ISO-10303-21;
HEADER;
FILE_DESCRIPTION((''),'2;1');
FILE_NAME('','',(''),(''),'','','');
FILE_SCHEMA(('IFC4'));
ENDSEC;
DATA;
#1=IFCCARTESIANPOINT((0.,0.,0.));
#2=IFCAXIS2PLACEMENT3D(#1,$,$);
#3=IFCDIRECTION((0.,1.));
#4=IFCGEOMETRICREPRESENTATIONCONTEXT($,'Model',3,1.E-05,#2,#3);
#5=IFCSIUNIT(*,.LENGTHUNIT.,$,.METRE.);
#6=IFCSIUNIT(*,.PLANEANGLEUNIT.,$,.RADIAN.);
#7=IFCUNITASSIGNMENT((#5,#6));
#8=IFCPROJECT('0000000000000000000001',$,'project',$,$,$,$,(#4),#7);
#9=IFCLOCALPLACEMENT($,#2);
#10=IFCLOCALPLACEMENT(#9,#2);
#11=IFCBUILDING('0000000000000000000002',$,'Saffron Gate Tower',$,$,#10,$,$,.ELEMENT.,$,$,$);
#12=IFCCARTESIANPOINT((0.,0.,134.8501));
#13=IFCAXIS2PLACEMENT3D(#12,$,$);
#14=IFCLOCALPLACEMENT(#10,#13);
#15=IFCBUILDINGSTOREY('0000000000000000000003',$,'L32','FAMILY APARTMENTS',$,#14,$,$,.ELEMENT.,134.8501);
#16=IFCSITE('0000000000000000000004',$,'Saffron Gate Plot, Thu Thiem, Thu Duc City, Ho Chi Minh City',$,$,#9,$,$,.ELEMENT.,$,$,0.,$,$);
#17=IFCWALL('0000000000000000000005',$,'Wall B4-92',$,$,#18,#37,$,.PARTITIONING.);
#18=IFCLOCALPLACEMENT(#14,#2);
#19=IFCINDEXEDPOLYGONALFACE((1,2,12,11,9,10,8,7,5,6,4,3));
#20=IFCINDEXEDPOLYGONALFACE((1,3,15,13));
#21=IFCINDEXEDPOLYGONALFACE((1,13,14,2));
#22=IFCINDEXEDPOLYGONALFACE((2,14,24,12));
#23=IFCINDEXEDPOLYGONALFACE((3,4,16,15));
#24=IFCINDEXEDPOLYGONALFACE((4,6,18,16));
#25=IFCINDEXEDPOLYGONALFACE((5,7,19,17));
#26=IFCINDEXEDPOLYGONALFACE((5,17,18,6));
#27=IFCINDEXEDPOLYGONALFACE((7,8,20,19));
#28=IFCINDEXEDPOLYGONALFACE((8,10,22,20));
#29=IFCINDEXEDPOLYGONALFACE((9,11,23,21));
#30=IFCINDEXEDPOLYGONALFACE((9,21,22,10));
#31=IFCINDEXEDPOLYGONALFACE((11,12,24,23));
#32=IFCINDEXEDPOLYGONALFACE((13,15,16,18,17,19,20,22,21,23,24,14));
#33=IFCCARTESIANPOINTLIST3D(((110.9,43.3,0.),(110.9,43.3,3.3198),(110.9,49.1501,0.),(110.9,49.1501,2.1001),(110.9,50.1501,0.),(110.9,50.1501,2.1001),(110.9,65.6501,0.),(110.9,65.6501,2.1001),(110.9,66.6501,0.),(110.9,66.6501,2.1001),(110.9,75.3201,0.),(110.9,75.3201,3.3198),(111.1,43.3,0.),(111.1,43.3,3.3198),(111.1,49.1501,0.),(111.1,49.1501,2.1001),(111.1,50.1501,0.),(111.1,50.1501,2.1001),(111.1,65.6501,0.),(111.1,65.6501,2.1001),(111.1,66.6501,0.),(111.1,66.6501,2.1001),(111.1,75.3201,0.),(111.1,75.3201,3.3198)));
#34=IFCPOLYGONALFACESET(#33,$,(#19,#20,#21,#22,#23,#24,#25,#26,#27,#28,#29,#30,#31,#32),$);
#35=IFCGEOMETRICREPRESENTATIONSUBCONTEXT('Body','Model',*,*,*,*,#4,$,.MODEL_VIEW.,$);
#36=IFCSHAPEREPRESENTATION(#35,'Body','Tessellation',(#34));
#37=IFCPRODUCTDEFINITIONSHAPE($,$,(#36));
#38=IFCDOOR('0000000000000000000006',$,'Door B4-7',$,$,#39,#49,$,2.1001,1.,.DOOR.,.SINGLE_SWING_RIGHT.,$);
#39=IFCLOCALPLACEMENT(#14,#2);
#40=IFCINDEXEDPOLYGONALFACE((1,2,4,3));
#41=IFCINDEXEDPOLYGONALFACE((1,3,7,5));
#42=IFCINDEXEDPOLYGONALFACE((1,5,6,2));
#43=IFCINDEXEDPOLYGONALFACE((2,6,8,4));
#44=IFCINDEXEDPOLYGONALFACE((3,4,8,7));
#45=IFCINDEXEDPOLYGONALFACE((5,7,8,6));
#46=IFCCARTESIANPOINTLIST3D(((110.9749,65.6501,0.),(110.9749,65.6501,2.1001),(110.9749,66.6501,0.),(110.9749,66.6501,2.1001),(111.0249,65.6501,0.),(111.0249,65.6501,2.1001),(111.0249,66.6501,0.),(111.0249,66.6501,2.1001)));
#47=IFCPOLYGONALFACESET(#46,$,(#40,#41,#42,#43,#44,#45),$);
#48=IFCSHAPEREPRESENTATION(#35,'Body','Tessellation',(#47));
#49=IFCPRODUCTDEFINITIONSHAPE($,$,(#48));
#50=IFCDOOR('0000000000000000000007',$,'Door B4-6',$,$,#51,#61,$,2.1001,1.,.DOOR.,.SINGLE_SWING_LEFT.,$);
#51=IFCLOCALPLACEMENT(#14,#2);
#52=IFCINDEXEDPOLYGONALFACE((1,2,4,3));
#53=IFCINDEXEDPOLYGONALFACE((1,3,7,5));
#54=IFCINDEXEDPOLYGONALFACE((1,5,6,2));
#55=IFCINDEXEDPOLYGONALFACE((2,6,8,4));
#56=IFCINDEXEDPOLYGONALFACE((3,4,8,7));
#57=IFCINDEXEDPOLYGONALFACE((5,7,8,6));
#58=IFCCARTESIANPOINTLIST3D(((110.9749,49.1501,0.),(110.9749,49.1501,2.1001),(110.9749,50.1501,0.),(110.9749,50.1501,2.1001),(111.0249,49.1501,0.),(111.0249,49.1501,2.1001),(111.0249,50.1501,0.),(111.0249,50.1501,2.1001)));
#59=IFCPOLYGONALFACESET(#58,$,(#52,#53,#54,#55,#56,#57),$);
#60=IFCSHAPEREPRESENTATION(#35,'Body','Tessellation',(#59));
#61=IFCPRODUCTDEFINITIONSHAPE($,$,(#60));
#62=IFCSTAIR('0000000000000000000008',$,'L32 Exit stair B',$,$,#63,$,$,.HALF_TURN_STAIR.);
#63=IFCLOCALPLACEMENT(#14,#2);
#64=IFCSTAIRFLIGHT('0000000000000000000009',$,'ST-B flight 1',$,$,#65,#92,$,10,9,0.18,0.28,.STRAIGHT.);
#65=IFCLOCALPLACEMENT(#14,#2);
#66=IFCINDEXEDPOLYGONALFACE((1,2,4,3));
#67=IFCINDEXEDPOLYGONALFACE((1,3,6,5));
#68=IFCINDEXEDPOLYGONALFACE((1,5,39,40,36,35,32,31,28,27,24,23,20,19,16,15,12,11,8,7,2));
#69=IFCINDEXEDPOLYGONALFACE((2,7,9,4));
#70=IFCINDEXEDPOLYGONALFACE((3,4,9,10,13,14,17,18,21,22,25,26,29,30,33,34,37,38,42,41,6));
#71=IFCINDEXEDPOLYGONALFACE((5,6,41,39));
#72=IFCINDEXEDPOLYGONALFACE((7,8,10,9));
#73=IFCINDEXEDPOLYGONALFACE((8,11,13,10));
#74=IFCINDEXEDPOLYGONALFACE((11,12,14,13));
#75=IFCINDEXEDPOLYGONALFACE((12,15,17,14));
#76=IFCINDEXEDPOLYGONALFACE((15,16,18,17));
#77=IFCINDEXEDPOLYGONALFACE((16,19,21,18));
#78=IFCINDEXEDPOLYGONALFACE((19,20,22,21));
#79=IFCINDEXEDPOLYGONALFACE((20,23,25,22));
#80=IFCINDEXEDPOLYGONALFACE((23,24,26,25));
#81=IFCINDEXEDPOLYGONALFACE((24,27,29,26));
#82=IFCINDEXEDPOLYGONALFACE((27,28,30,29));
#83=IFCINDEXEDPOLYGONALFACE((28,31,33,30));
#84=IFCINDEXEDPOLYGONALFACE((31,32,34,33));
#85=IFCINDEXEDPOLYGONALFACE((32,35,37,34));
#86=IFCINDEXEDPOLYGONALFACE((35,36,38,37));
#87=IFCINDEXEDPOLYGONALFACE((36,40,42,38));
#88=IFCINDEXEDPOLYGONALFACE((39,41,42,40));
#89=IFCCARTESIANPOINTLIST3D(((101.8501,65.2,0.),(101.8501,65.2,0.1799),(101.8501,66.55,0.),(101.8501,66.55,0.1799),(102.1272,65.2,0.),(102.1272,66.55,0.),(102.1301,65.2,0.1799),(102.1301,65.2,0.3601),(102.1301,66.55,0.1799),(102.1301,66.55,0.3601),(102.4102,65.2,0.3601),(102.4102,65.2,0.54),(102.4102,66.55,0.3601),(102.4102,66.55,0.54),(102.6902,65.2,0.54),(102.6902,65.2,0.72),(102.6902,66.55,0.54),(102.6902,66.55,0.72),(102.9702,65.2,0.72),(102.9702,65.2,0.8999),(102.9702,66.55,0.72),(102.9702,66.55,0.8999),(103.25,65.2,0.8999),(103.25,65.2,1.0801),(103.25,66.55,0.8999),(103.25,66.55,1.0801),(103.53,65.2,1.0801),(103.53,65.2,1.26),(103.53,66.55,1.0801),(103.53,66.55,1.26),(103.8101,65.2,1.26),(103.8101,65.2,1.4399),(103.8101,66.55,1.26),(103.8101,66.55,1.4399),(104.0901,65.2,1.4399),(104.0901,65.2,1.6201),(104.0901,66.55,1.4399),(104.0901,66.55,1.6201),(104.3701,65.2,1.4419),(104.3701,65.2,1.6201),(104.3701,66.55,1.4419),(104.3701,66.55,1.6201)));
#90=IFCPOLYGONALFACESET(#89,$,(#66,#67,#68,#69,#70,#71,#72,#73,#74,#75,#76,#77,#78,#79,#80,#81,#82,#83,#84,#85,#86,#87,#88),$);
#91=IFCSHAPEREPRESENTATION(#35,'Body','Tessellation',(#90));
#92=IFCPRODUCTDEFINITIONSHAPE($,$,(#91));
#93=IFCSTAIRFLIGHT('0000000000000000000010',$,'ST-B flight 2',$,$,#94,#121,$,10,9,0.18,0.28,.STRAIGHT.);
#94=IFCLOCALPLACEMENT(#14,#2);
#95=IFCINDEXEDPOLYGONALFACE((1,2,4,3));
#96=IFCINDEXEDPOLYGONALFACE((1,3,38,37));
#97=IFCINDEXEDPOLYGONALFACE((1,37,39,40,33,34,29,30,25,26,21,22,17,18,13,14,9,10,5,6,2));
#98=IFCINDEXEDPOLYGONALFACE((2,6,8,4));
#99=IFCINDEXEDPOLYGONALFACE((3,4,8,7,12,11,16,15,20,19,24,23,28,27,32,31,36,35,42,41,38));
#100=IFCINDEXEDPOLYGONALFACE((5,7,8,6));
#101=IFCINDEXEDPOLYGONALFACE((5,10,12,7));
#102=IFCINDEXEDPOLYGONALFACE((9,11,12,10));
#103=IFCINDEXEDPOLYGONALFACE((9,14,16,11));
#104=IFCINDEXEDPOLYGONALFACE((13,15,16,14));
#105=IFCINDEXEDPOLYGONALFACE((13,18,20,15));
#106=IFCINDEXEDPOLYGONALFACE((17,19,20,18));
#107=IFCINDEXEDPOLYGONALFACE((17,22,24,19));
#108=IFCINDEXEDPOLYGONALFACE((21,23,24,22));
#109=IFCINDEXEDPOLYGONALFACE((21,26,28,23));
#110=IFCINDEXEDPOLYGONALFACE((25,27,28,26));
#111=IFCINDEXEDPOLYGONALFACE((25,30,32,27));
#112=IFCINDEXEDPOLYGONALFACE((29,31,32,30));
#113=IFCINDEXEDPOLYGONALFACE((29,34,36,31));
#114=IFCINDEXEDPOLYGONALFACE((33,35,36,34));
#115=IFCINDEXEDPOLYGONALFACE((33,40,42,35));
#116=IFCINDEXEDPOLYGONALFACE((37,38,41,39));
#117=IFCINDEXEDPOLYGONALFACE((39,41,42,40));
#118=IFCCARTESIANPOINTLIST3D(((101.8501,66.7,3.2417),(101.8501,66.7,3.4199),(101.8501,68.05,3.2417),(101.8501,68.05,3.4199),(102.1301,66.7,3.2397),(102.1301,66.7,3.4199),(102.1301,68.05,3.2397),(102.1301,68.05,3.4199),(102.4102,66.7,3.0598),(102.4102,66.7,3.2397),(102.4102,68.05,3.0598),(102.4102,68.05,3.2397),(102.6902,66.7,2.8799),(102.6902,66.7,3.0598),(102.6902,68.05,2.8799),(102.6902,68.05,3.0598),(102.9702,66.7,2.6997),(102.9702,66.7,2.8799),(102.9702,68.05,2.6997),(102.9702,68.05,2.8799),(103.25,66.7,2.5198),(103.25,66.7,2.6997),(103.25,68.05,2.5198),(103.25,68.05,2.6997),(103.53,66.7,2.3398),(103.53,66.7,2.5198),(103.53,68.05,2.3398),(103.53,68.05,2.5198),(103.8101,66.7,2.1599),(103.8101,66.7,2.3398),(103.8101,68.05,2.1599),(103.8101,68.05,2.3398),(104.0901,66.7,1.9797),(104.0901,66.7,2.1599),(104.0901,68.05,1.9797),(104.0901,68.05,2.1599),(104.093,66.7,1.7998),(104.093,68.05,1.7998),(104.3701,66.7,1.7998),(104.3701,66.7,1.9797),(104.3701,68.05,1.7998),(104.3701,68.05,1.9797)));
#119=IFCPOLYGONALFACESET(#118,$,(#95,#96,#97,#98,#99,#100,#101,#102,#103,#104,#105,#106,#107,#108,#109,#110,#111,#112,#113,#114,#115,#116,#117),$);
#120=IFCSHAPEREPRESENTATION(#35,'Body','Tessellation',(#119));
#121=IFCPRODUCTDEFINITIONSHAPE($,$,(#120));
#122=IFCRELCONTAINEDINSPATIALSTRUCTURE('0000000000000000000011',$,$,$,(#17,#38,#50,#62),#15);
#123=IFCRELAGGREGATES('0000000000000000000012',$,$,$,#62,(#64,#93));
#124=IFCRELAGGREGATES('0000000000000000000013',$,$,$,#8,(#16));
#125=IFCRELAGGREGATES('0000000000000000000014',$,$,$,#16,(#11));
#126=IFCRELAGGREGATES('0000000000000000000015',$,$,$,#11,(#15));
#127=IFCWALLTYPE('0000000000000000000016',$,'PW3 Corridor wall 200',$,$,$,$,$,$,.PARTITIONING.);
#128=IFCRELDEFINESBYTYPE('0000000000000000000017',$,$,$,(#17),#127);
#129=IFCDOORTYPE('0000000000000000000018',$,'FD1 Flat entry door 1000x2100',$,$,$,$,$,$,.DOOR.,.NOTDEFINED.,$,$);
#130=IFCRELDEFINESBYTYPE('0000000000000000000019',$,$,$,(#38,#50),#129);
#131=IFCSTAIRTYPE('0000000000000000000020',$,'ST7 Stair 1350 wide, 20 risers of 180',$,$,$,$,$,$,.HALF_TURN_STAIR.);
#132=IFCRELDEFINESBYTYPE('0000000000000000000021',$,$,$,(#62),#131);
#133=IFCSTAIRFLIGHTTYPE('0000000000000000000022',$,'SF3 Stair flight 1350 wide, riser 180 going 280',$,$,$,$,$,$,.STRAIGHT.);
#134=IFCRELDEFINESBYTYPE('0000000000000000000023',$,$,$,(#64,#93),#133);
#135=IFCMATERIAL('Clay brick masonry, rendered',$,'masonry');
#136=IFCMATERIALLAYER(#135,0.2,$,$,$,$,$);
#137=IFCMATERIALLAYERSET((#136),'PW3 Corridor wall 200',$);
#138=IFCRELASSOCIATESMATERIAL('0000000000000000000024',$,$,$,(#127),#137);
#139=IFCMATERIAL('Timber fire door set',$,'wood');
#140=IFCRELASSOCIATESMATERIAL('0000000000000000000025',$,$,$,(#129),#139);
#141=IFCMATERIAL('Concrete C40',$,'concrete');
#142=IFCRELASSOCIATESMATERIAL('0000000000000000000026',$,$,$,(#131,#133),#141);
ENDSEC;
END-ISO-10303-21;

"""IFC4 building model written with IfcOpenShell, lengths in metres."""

from ifc_helpers import new_model, si_unit, direction, frame, frame_2d, origin, place, context, subcontext, project, spatial, polyline, rectangle, outline, extrude, material, layer, layer_set, type_object, element, fill, aggregate, save


model = new_model("IFC4")

# Units and contexts
model_context = context("Model", 3, precision=1e-05, world=origin(), true_north=direction((0.0, 1.0)))
body_context = subcontext(model_context, "Body", "Model", "MODEL_VIEW")
ifc_project = project(units=[si_unit("LENGTHUNIT", "METRE"), si_unit("PLANEANGLEUNIT", "RADIAN")], contexts=[model_context])

# Site, building, storey
site_placement = place(None, origin())
site = spatial("IfcSite", under=ifc_project, at=site_placement, Name="Saffron Gate Plot, Thu Thiem, Thu Duc City, Ho Chi Minh City", CompositionType="ELEMENT", RefElevation=0.0)
building_placement = place(site_placement, origin())
building = spatial("IfcBuilding", under=site, at=building_placement, Name="Saffron Gate Tower", CompositionType="ELEMENT")
storey_placement = place(building_placement, frame((0.0, 0.0, 134.8501)))
storey = spatial("IfcBuildingStorey", under=building, at=storey_placement, Name="L32", Description="FAMILY APARTMENTS", CompositionType="ELEMENT", Elevation=134.8501)

# Shared definitions
ifc_material_1 = material(Name="Clay brick masonry, rendered", Category="masonry")
ifc_layer_1 = layer(ifc_material_1, 0.2)
ifc_layer_set_1 = layer_set([ifc_layer_1], Name="PW3 Corridor wall 200")
wall_type_1 = type_object("IfcWallType", Name="PW3 Corridor wall 200", PredefinedType="PARTITIONING", material=ifc_layer_set_1)

# Wall, openings, doors
wall_1_placement = place(storey_placement, frame((111.0, 75.3201, 0.0), z_axis=(0.0, 0.0, 1.0), x_axis=(0.0, -1.0, 0.0)))
wall_1 = element("IfcWall", 1, at=wall_1_placement, inside=storey, type_object=wall_type_1, Name="Wall B4-92", PredefinedType="PARTITIONING", context=body_context, shape_type="SweptSolid", body=[
    extrude(rectangle(XDim=32.02, YDim=0.2, at=frame_2d((16.01, 0.0))), origin(), (0.0, 0.0, 1.0), 3.3198),
])
opening_1_placement = place(wall_1_placement, frame((8.6699, 0.0, 0.0)))
opening_1 = element("IfcOpeningElement", 2, at=opening_1_placement, cuts=wall_1, PredefinedType="OPENING", context=body_context, shape_type="SweptSolid", body=[
    extrude(rectangle(XDim=1.0, YDim=2.1001, at=frame_2d((0.5, 1.05))), frame((0.0, 0.1099, 0.0), z_axis=(0.0, -1.0, 0.0), x_axis=(1.0, 0.0, 0.0)), (0.0, 0.0, 1.0), 0.22),
])
opening_2_placement = place(wall_1_placement, frame((25.1699, 0.0, 0.0)))
opening_2 = element("IfcOpeningElement", 3, at=opening_2_placement, cuts=wall_1, PredefinedType="OPENING", context=body_context, shape_type="SweptSolid", body=[
    extrude(rectangle(XDim=1.0, YDim=2.1001, at=frame_2d((0.5, 1.05))), frame((0.0, 0.1099, 0.0), z_axis=(0.0, -1.0, 0.0), x_axis=(1.0, 0.0, 0.0)), (0.0, 0.0, 1.0), 0.22),
])
ifc_material_2 = material(Name="Timber fire door set", Category="wood")
door_type_1 = type_object("IfcDoorType", Name="FD1 Flat entry door 1000x2100", OperationType="NOTDEFINED", PredefinedType="DOOR", material=ifc_material_2)
door_1_placement = place(opening_1_placement, origin())
door_1 = element("IfcDoor", 4, at=door_1_placement, inside=storey, type_object=door_type_1, Name="Door B4-7", OperationType="SINGLE_SWING_RIGHT", OverallHeight=2.1001, OverallWidth=1.0, PredefinedType="DOOR", context=body_context, shape_type="SweptSolid", body=[
    extrude(rectangle(XDim=1.0, YDim=2.1001, at=frame_2d((0.5, 1.05))), frame((0.0, 0.0249, 0.0), z_axis=(0.0, -1.0, 0.0), x_axis=(1.0, 0.0, 0.0)), (0.0, 0.0, 1.0), 0.05),
])
fill(opening_1, door_1)
door_2_placement = place(opening_2_placement, origin())
door_2 = element("IfcDoor", 5, at=door_2_placement, inside=storey, type_object=door_type_1, Name="Door B4-6", OperationType="SINGLE_SWING_LEFT", OverallHeight=2.1001, OverallWidth=1.0, PredefinedType="DOOR", context=body_context, shape_type="SweptSolid", body=[
    extrude(rectangle(XDim=1.0, YDim=2.1001, at=frame_2d((0.5, 1.05))), frame((0.0, 0.0249, 0.0), z_axis=(0.0, -1.0, 0.0), x_axis=(1.0, 0.0, 0.0)), (0.0, 0.0, 1.0), 0.05),
])
fill(opening_2, door_2)

# Stair, stair flights
ifc_material_3 = material(Name="Concrete C40", Category="concrete")
stair_type = type_object("IfcStairType", Name="ST7 Stair 1350 wide, 20 risers of 180", PredefinedType="HALF_TURN_STAIR", material=ifc_material_3)
stair_placement = place(storey_placement, origin())
stair = element("IfcStair", 6, at=stair_placement, inside=storey, type_object=stair_type, Name="L32 Exit stair B", PredefinedType="HALF_TURN_STAIR")
stair_flight_type = type_object("IfcStairFlightType", Name="SF3 Stair flight 1350 wide, riser 180 going 280", PredefinedType="STRAIGHT", material=ifc_material_3)
stair_flight_1_placement = place(storey_placement, frame((101.8501, 65.875, 0.0), z_axis=(0.0, 0.0, 1.0), x_axis=(1.0, 0.0, 0.0)))
stair_flight_1 = element("IfcStairFlight", 7, at=stair_flight_1_placement, type_object=stair_flight_type, Name="ST-B flight 1", NumberOfRisers=10, NumberOfTreads=9, PredefinedType="STRAIGHT", RiserHeight=0.18, TreadLength=0.28, context=body_context, shape_type="SweptSolid", body=[
    extrude(outline(polyline([(0.0, 0.0), (0.0, 0.1799), (0.28, 0.1799), (0.28, 0.3601), (0.5601, 0.3601), (0.5601, 0.54), (0.8401, 0.54), (0.8401, 0.72), (1.1201, 0.72), (1.1201, 0.8999), (1.3999, 0.8999), (1.3999, 1.0801), (1.6799, 1.0801), (1.6799, 1.26), (1.96, 1.26), (1.96, 1.4399), (2.24, 1.4399), (2.24, 1.6201), (2.52, 1.6201), (2.52, 1.8), (2.52, 1.4419), (0.2771, 0.0), (0.0, 0.0)])), frame((0.0, 0.675, 0.0), z_axis=(0.0, -1.0, 0.0), x_axis=(1.0, 0.0, 0.0)), (0.0, 0.0, 1.0), 1.3501),
])
stair_flight_2_placement = place(storey_placement, frame((104.3701, 67.375, 1.7998), z_axis=(0.0, 0.0, 1.0), x_axis=(-1.0, 0.0, 0.0)))
stair_flight_2 = element("IfcStairFlight", 8, at=stair_flight_2_placement, type_object=stair_flight_type, Name="ST-B flight 2", NumberOfRisers=10, NumberOfTreads=9, PredefinedType="STRAIGHT", RiserHeight=0.18, TreadLength=0.28, context=body_context, shape_type="SweptSolid", body=[
    extrude(outline(polyline([(0.0, 0.0), (0.0, 0.1799), (0.28, 0.1799), (0.28, 0.3601), (0.5601, 0.3601), (0.5601, 0.54), (0.8401, 0.54), (0.8401, 0.72), (1.1201, 0.72), (1.1201, 0.8999), (1.3999, 0.8999), (1.3999, 1.0801), (1.6799, 1.0801), (1.6799, 1.26), (1.96, 1.26), (1.96, 1.4399), (2.24, 1.4399), (2.24, 1.6201), (2.52, 1.6201), (2.52, 1.8), (2.52, 1.4419), (0.2771, 0.0), (0.0, 0.0)])), frame((0.0, 0.675, 0.0), z_axis=(0.0, -1.0, 0.0), x_axis=(1.0, 0.0, 0.0)), (0.0, 0.0, 1.0), 1.3501),
])
aggregate(stair, [stair_flight_1, stair_flight_2])

save(model, "model.ifc")
